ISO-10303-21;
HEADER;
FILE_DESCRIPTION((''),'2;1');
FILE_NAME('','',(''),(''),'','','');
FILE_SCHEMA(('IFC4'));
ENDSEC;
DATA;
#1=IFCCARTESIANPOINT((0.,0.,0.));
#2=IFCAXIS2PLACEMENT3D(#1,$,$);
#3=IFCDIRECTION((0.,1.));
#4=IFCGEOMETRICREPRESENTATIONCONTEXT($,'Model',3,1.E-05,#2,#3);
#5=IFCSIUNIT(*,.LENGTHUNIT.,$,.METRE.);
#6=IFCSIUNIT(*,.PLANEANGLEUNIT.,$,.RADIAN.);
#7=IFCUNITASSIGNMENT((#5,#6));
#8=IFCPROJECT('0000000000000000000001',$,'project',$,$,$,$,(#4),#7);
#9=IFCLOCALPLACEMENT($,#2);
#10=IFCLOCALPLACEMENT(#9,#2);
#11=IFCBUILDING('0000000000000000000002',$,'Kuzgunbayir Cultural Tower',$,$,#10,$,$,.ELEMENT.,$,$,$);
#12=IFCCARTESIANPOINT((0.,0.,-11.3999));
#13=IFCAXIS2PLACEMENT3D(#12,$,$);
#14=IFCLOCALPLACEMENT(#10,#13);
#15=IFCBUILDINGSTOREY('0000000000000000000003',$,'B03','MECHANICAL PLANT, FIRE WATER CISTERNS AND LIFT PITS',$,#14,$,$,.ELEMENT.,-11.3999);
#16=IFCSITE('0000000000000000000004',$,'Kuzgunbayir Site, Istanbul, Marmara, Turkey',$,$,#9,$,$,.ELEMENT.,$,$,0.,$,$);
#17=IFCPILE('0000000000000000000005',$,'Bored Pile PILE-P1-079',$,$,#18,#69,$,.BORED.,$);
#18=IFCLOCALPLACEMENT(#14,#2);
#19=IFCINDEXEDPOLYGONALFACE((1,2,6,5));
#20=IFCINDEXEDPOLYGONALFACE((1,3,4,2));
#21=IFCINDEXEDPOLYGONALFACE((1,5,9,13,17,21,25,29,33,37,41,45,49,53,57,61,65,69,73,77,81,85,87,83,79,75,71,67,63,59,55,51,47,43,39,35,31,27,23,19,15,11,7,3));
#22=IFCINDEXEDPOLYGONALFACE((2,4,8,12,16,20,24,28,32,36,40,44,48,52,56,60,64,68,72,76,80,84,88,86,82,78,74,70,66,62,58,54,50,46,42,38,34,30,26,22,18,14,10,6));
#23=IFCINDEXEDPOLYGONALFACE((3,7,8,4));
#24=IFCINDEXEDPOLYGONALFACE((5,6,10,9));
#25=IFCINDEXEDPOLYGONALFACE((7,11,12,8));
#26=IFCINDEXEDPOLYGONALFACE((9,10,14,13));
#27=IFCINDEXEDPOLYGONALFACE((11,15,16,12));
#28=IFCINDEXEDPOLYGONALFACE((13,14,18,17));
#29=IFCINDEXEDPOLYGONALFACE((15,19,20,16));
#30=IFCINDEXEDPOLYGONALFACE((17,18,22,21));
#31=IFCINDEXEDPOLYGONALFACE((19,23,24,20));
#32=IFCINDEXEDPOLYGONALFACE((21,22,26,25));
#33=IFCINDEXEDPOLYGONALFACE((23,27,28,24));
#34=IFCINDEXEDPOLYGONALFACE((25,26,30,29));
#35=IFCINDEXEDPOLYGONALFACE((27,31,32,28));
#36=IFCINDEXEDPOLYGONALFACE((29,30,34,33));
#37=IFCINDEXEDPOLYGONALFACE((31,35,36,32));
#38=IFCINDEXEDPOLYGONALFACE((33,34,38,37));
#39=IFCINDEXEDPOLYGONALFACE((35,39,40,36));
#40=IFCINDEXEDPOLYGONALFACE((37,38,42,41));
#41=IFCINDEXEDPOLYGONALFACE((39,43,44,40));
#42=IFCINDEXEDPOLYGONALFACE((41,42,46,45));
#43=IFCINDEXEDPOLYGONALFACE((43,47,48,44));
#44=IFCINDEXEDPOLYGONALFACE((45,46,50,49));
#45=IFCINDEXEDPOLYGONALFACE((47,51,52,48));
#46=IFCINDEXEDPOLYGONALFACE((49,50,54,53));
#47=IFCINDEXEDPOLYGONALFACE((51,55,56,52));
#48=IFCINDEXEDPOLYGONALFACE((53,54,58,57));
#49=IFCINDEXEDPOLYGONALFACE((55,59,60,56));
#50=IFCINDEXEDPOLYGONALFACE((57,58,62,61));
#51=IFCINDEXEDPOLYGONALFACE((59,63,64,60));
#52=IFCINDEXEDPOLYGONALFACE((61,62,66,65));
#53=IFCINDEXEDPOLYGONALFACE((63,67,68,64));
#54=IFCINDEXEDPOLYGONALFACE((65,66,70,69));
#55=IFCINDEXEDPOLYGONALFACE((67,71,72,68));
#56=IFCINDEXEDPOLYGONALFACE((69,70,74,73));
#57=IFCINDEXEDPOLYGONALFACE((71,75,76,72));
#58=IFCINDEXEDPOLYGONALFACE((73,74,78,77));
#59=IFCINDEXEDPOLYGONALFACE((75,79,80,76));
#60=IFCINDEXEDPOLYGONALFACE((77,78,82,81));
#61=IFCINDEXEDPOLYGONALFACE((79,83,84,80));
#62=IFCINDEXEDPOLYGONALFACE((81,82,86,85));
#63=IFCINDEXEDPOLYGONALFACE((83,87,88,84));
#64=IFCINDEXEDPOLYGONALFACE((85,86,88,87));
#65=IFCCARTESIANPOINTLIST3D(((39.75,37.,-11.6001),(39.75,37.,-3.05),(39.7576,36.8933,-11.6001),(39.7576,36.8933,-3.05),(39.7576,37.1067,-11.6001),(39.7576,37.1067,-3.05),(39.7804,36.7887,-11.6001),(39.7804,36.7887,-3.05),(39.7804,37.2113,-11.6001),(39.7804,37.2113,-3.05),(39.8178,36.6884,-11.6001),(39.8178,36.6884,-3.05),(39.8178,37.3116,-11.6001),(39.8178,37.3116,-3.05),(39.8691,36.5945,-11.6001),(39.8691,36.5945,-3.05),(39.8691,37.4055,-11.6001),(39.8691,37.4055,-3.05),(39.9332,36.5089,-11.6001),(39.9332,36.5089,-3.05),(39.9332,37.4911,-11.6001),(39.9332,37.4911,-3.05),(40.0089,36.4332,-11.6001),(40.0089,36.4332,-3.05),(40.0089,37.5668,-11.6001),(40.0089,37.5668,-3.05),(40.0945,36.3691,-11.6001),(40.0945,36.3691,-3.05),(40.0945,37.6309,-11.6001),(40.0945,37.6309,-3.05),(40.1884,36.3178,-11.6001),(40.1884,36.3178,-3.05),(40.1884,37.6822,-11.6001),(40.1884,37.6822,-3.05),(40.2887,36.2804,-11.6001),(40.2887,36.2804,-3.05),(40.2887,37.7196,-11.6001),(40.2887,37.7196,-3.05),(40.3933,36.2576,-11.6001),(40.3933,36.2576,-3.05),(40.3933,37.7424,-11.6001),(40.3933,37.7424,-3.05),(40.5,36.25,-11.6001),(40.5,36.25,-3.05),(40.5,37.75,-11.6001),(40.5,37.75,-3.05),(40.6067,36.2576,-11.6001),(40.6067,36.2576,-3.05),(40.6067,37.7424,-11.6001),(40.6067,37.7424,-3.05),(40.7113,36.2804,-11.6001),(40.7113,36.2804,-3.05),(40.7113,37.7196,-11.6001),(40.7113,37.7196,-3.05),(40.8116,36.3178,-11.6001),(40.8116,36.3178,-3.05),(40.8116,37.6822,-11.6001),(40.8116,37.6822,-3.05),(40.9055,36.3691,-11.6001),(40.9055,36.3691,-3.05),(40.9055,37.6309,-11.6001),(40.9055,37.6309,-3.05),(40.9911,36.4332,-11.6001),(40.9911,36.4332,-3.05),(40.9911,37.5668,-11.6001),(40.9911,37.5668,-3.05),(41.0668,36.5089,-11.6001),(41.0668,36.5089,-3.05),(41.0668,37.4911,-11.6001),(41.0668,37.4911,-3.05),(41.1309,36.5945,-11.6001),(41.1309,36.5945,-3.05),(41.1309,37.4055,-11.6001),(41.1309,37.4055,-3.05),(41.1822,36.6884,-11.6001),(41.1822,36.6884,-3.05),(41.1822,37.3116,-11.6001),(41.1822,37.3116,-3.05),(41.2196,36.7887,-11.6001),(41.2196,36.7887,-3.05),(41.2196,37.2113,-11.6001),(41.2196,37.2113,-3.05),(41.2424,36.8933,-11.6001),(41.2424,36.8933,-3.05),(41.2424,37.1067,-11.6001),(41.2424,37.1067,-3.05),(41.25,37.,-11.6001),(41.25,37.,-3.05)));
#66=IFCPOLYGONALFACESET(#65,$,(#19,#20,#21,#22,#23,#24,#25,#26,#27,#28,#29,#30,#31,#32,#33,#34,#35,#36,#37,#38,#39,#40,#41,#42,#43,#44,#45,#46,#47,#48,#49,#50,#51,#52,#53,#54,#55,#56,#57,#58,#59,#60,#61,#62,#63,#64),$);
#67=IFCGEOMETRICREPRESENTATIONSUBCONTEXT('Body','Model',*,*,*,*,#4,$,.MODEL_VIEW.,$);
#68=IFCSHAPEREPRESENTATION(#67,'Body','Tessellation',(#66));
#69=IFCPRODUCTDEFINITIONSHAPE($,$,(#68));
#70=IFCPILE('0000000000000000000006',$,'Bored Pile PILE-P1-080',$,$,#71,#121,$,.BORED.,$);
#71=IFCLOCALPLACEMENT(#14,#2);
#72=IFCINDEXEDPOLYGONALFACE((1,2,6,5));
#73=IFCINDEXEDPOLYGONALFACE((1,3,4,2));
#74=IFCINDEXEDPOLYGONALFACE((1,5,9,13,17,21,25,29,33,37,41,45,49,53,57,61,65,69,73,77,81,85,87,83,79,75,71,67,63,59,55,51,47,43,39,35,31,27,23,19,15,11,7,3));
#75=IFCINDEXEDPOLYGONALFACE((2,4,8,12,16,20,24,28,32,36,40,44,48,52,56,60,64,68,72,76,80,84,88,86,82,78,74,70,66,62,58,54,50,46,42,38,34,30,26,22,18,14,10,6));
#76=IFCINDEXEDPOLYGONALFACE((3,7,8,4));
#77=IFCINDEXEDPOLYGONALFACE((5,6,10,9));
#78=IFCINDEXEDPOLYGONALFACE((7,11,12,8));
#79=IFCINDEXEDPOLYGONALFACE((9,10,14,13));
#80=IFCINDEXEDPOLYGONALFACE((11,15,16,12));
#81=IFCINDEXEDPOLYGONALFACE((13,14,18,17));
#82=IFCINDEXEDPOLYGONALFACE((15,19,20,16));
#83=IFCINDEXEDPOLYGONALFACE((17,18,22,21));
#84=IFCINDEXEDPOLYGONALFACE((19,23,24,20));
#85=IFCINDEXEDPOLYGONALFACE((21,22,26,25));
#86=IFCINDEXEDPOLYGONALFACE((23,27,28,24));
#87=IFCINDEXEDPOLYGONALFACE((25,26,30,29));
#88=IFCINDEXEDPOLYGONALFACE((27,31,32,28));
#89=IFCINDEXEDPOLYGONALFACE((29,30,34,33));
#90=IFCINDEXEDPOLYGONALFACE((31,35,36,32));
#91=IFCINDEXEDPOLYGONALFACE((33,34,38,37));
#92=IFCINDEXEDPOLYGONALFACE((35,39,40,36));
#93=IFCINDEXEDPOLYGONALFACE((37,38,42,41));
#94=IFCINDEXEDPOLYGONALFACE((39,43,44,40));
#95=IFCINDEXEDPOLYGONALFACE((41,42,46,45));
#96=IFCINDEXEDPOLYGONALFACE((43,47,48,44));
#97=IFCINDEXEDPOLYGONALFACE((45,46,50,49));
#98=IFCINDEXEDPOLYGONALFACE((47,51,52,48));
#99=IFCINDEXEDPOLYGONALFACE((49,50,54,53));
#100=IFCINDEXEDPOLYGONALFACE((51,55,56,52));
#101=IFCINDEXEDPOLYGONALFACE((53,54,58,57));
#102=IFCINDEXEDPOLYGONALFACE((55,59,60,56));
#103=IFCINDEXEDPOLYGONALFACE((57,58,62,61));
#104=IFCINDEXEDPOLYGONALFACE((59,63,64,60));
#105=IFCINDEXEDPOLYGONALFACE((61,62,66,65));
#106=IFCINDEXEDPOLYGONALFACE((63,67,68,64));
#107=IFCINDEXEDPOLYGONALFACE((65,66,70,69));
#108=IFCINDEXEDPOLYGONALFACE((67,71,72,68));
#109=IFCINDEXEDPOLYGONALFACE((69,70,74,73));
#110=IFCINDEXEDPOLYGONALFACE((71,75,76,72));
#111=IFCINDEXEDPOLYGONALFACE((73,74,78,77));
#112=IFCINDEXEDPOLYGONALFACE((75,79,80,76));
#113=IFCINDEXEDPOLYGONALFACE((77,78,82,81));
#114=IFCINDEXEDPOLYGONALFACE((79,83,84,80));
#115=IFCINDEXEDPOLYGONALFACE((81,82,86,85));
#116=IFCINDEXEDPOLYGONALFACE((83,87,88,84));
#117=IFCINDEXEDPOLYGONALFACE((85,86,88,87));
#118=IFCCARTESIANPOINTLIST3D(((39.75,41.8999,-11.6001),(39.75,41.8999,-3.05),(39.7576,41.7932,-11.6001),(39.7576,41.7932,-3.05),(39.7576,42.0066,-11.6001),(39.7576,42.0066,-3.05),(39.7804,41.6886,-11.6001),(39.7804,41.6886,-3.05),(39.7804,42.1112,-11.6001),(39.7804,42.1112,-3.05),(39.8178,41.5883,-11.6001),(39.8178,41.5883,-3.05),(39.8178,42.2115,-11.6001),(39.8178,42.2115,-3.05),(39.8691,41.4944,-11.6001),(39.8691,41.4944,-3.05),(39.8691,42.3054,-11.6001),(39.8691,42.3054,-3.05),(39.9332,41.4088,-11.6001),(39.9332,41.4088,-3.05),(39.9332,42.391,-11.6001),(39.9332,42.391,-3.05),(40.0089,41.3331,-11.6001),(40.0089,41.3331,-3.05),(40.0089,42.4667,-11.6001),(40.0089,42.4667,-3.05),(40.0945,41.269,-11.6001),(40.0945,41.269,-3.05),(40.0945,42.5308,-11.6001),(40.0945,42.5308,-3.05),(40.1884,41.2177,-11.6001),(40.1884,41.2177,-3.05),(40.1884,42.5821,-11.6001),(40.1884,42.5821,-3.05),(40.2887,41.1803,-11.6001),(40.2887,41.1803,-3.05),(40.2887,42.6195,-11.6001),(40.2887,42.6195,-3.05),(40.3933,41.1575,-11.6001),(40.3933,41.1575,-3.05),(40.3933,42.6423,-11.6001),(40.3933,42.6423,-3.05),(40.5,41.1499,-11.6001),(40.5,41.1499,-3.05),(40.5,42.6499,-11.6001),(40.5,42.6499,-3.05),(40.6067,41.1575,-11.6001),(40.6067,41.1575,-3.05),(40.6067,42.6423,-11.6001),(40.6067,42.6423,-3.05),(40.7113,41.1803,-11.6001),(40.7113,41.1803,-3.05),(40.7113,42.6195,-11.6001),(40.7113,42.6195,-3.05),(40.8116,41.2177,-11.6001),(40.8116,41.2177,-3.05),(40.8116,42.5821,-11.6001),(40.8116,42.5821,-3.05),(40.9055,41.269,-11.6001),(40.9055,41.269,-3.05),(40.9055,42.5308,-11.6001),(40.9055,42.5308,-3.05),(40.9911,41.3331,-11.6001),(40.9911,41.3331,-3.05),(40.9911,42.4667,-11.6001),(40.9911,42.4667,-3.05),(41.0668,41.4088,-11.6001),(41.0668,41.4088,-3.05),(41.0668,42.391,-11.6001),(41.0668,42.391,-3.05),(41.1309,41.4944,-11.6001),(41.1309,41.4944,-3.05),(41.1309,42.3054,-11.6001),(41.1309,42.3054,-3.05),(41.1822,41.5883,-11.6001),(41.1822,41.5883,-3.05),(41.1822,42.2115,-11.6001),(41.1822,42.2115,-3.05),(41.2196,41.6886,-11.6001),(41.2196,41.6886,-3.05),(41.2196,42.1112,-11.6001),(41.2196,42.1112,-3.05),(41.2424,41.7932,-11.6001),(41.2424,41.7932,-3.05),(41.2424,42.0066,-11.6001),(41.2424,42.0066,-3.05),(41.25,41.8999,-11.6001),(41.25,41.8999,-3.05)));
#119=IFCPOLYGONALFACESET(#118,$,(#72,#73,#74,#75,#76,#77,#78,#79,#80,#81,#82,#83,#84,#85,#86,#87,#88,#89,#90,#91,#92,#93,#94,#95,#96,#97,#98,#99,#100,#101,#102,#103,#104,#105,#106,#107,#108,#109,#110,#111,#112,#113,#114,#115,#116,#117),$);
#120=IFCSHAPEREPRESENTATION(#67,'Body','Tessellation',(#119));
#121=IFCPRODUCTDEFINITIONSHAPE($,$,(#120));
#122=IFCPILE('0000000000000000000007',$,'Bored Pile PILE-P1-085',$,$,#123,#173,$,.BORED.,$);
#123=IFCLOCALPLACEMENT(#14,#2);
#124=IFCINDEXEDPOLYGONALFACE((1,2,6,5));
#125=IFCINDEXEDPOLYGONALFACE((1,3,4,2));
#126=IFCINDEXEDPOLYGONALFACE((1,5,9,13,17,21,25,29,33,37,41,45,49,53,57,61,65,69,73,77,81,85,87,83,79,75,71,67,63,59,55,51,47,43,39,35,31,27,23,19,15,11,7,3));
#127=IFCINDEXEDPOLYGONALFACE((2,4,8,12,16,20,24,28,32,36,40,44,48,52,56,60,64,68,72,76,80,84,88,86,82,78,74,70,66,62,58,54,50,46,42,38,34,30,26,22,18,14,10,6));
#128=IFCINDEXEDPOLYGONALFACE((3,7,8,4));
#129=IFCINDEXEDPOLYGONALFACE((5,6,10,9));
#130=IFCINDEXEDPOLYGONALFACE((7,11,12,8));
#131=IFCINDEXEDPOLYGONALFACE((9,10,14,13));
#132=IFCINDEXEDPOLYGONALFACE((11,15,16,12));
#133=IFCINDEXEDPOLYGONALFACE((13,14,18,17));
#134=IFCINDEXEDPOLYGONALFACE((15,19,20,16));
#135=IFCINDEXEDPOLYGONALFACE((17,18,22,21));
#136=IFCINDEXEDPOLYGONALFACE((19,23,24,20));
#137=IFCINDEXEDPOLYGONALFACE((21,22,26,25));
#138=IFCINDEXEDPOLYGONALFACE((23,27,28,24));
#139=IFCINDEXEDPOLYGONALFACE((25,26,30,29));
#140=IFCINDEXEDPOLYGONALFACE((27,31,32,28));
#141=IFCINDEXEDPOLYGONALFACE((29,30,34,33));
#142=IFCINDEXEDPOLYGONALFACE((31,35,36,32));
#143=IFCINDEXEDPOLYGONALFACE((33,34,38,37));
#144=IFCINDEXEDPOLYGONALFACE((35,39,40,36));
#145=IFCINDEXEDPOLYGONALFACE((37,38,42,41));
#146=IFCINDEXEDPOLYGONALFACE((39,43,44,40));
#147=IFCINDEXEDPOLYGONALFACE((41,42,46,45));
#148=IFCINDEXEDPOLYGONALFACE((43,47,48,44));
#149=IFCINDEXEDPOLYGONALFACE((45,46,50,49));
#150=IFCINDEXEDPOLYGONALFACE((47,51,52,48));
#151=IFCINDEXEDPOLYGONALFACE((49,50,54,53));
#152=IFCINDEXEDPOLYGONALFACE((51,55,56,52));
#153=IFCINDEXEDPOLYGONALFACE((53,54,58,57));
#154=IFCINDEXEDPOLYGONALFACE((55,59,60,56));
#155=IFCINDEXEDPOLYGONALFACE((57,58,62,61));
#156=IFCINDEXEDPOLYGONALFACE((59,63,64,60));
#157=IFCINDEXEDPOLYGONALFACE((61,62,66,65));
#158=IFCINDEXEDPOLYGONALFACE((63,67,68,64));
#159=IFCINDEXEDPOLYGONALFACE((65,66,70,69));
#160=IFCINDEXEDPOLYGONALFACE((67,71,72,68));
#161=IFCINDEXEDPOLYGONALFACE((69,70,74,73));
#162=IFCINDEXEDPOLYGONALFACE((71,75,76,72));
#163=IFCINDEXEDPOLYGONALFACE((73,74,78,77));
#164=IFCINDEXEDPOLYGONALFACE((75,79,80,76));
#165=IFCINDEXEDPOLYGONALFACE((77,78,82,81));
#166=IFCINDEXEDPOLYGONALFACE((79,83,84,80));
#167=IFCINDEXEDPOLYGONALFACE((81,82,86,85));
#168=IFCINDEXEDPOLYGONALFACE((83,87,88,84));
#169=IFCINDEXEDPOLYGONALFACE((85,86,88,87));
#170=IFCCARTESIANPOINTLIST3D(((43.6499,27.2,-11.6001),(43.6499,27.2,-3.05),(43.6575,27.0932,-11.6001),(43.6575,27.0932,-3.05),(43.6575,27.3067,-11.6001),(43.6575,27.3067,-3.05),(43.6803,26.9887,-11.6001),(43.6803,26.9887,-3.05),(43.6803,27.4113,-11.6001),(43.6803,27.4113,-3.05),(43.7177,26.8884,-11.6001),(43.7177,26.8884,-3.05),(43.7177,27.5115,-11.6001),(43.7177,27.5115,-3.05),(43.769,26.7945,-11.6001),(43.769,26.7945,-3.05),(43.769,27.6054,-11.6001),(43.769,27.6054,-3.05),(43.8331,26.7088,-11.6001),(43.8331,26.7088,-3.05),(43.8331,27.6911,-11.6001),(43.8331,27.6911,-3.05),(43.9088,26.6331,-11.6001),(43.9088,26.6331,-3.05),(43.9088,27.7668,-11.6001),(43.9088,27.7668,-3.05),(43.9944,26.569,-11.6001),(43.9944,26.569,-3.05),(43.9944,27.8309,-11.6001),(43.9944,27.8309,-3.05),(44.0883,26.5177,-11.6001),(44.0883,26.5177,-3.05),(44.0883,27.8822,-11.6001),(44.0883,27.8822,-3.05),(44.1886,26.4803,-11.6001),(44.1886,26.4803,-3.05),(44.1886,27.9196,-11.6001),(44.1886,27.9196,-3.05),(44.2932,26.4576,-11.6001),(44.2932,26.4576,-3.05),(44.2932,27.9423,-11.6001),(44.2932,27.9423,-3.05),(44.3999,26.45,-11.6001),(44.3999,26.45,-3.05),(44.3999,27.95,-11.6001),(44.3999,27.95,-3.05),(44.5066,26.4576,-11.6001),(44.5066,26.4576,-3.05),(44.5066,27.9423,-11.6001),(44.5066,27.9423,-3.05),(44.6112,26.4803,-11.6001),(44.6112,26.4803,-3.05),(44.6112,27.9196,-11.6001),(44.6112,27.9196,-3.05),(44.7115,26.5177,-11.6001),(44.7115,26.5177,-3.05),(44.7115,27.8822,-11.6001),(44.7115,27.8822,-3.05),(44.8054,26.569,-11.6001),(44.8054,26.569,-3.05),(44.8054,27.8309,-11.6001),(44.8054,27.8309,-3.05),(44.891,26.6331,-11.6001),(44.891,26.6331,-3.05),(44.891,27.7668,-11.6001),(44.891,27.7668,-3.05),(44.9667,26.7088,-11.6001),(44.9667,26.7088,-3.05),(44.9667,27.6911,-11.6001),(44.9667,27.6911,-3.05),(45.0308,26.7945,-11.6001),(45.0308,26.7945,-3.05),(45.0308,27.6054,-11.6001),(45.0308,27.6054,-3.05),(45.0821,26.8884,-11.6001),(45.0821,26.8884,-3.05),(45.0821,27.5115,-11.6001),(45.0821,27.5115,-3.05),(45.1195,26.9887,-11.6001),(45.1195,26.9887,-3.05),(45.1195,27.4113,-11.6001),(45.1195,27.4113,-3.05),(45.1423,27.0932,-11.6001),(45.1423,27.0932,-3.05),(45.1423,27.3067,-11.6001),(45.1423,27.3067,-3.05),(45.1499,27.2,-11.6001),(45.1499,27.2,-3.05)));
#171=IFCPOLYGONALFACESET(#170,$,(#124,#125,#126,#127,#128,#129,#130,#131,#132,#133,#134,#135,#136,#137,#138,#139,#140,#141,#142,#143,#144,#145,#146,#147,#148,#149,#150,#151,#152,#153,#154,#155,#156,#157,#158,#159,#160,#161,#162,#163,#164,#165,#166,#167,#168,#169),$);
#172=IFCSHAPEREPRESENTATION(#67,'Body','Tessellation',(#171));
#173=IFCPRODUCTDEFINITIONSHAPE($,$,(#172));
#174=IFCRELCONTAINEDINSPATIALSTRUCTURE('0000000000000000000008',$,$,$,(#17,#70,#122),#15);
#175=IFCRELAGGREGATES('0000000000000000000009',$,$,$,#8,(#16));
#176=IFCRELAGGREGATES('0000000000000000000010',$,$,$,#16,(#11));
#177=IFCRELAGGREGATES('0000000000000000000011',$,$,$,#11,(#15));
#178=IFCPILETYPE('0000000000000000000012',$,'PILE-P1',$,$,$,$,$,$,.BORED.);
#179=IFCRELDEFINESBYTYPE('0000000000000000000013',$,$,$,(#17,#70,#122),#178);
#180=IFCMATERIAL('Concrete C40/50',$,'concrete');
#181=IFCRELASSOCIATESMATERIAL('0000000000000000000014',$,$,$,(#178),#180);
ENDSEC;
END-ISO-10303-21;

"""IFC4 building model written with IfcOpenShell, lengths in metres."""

from ifc_helpers import new_model, si_unit, direction, frame, origin, origin_2d, place, context, subcontext, project, spatial, circle, extrude, material, material_profile, profile_set, type_object, element, save


model = new_model("IFC4")

# Units and contexts
model_context = context("Model", 3, precision=1e-05, world=origin(), true_north=direction((0.0, 1.0)))
body_context = subcontext(model_context, "Body", "Model", "MODEL_VIEW")
ifc_project = project(units=[si_unit("LENGTHUNIT", "METRE"), si_unit("PLANEANGLEUNIT", "RADIAN")], contexts=[model_context])

# Site, building, storey
site_placement = place(None, origin())
site = spatial("IfcSite", under=ifc_project, at=site_placement, Name="Kuzgunbayir Site, Istanbul, Marmara, Turkey", CompositionType="ELEMENT", RefElevation=0.0)
building_placement = place(site_placement, origin())
building = spatial("IfcBuilding", under=site, at=building_placement, Name="Kuzgunbayir Cultural Tower", CompositionType="ELEMENT")
storey_placement = place(building_placement, frame((0.0, 0.0, -11.3999)))
storey = spatial("IfcBuildingStorey", under=building, at=storey_placement, Name="B03", Description="MECHANICAL PLANT, FIRE WATER CISTERNS AND LIFT PITS", CompositionType="ELEMENT", Elevation=-11.3999)

# Piles
ifc_material_1 = material(Name="Concrete C40/50", Category="concrete")
ifc_material_profile_1 = material_profile(ifc_material_1, circle(Radius=0.75, at=origin_2d()), Name="BORED PILE 1500")
ifc_profile_set_1 = profile_set([ifc_material_profile_1], Name="Concrete C40/50")
pile_type_1 = type_object("IfcPileType", Name="PILE-P1", PredefinedType="BORED", material=ifc_profile_set_1)
for number, where, z_axis, x_axis, name in (
    (1, (40.5, 37.0, -3.05), (0.0, 0.0, -1.0), (1.0, 0.0, 0.0), "Bored Pile PILE-P1-079"),
    (2, (40.5, 41.8999, -3.05), (0.0, 0.0, -1.0), (1.0, 0.0, 0.0), "Bored Pile PILE-P1-080"),
    (3, (44.3999, 27.2, -3.05), (0.0, 0.0, -1.0), (1.0, 0.0, 0.0), "Bored Pile PILE-P1-085"),
):
    element("IfcPile", number, at=place(storey_placement, frame(where, z_axis=z_axis, x_axis=x_axis)), inside=storey, type_object=pile_type_1, Name=name, PredefinedType="BORED", context=body_context, shape_type="SweptSolid", body=[
        extrude(circle(Radius=0.75, at=origin_2d()), origin(), (0.0, 0.0, 1.0), 8.55),
    ])

save(model, "model.ifc")
